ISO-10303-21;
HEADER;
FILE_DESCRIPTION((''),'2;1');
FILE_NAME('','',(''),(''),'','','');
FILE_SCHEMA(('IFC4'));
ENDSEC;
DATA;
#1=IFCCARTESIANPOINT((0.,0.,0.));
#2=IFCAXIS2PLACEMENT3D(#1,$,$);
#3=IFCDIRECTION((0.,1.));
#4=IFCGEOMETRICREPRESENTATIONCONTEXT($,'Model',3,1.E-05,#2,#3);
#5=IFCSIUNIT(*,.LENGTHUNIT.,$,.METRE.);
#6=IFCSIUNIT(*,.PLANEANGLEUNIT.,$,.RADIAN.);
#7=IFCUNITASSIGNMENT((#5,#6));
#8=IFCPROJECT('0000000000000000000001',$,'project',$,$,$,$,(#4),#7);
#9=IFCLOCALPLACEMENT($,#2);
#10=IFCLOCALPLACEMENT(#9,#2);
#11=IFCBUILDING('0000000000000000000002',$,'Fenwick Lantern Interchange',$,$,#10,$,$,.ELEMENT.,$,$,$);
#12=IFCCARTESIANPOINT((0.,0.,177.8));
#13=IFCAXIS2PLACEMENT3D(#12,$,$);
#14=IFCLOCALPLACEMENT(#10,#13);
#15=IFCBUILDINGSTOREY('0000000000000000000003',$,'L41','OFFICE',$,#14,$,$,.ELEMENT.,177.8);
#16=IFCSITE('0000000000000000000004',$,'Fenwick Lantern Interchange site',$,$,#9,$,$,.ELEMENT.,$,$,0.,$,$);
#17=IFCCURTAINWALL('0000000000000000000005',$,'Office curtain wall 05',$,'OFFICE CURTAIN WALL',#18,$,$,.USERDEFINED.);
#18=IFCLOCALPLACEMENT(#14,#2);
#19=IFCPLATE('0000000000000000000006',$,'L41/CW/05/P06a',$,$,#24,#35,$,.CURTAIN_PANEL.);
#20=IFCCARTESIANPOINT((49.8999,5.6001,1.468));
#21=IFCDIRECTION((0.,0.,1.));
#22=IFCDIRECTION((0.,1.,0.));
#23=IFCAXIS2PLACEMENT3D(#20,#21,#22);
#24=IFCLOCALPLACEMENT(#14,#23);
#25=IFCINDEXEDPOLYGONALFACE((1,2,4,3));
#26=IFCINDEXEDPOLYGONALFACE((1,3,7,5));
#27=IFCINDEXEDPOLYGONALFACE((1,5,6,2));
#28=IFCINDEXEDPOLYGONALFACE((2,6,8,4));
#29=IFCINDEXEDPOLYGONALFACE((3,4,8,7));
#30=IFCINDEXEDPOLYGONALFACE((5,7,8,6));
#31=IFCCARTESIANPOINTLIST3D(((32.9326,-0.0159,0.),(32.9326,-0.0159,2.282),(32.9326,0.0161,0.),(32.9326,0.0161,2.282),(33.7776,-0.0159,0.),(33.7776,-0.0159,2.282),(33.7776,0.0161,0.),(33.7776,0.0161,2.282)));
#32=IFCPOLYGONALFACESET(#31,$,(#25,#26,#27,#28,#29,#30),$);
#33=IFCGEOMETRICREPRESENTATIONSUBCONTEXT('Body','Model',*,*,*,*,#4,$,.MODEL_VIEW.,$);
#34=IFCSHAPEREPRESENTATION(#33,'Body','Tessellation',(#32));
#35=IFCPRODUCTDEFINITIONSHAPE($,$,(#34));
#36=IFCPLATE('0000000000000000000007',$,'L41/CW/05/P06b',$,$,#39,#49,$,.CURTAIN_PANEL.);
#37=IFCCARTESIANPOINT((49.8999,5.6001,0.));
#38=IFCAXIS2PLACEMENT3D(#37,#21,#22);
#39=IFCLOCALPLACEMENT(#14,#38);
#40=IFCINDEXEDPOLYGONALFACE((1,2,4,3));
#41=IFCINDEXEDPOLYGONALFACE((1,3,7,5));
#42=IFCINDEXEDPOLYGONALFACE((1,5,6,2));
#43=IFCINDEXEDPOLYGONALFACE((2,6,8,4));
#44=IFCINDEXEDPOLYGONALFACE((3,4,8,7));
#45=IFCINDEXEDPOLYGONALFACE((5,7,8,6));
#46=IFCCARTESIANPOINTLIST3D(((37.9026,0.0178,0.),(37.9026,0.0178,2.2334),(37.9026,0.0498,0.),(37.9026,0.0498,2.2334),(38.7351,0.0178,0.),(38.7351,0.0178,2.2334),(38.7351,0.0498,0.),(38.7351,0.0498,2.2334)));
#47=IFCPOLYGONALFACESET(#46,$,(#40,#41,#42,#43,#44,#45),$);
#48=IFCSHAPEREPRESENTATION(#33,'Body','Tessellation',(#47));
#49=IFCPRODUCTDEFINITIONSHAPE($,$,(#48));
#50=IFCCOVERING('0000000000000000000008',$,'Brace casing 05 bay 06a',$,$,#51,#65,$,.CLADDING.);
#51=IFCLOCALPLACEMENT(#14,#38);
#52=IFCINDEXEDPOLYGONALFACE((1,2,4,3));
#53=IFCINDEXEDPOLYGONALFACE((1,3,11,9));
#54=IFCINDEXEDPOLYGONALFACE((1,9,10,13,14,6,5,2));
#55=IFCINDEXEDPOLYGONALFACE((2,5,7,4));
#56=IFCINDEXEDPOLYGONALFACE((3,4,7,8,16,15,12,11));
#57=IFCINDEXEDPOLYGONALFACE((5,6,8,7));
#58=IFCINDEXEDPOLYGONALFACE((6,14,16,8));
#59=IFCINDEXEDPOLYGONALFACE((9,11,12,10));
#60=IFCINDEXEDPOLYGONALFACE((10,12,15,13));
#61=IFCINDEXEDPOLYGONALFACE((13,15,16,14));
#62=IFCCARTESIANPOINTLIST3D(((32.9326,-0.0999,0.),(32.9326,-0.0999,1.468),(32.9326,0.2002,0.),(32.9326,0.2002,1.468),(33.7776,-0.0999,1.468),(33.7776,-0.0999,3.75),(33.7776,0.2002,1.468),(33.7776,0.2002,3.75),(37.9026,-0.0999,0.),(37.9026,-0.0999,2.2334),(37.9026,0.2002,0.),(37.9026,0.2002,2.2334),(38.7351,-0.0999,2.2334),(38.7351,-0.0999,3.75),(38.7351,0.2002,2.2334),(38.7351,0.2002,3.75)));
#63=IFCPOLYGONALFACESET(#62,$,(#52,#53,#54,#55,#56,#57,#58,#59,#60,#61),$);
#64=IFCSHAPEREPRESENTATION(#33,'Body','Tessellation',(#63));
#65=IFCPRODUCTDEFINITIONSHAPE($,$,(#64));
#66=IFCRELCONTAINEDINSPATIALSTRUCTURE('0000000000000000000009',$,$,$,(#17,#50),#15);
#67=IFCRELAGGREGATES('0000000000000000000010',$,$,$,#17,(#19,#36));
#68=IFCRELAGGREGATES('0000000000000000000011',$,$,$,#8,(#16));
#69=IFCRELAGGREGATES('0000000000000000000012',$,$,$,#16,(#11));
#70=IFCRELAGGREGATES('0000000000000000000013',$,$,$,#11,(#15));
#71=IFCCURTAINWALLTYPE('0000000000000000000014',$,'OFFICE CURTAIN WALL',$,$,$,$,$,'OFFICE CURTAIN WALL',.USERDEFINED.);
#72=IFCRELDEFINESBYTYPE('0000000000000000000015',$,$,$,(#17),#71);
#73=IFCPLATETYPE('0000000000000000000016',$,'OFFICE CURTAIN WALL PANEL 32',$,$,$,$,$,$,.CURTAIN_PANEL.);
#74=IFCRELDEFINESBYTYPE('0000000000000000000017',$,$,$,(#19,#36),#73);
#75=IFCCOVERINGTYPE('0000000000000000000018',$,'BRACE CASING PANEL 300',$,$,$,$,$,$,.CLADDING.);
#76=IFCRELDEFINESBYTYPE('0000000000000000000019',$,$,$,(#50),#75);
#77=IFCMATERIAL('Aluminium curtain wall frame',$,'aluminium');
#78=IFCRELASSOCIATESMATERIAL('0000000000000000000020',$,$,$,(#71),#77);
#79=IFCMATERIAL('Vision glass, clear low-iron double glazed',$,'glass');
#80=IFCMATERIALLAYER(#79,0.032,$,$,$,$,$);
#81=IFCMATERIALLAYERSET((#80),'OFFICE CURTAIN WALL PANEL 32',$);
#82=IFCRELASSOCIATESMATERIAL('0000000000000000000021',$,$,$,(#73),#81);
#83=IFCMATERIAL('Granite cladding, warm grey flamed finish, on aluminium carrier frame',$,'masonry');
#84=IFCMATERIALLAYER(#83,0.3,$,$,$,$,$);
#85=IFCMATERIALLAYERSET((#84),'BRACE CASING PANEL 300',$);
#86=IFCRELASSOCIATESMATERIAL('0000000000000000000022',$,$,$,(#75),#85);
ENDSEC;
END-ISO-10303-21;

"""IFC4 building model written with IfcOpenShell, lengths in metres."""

from ifc_helpers import new_model, si_unit, direction, frame, origin, place, context, subcontext, project, spatial, polyline, outline, extrude, material, layer, layer_set, type_object, element, aggregate, save


model = new_model("IFC4")

# Units and contexts
model_context = context("Model", 3, precision=1e-05, world=origin(), true_north=direction((0.0, 1.0)))
body_context = subcontext(model_context, "Body", "Model", "MODEL_VIEW")
ifc_project = project(units=[si_unit("LENGTHUNIT", "METRE"), si_unit("PLANEANGLEUNIT", "RADIAN")], contexts=[model_context])

# Site, building, storey
site_placement = place(None, origin())
site = spatial("IfcSite", under=ifc_project, at=site_placement, Name="Fenwick Lantern Interchange site", CompositionType="ELEMENT", RefElevation=0.0)
building_placement = place(site_placement, origin())
building = spatial("IfcBuilding", under=site, at=building_placement, Name="Fenwick Lantern Interchange", CompositionType="ELEMENT")
storey_placement = place(building_placement, frame((0.0, 0.0, 177.8)))
storey = spatial("IfcBuildingStorey", under=building, at=storey_placement, Name="L41", Description="OFFICE", CompositionType="ELEMENT", Elevation=177.8)

# Curtain wall, plates
ifc_material_1 = material(Name="Aluminium curtain wall frame", Category="aluminium")
curtain_wall_type = type_object("IfcCurtainWallType", Name="OFFICE CURTAIN WALL", ElementType="OFFICE CURTAIN WALL", PredefinedType="USERDEFINED", material=ifc_material_1)
curtain_wall_placement = place(storey_placement, origin())
curtain_wall = element("IfcCurtainWall", 1, at=curtain_wall_placement, inside=storey, type_object=curtain_wall_type, Name="Office curtain wall 05", ObjectType="OFFICE CURTAIN WALL", PredefinedType="USERDEFINED")
ifc_material_2 = material(Name="Vision glass, clear low-iron double glazed", Category="glass")
ifc_layer_1 = layer(ifc_material_2, 0.032)
ifc_layer_set_1 = layer_set([ifc_layer_1], Name="OFFICE CURTAIN WALL PANEL 32")
plate_type = type_object("IfcPlateType", Name="OFFICE CURTAIN WALL PANEL 32", PredefinedType="CURTAIN_PANEL", material=ifc_layer_set_1)
plate_1_placement = place(storey_placement, frame((49.8999, 5.6001, 1.468), z_axis=(0.0, 0.0, 1.0), x_axis=(0.0, 1.0, 0.0)))
plate_1 = element("IfcPlate", 2, at=plate_1_placement, type_object=plate_type, Name="L41/CW/05/P06a", PredefinedType="CURTAIN_PANEL", context=body_context, shape_type="SweptSolid", body=[
    extrude(outline(polyline([(32.9326, 0.0), (33.7776, 0.0), (33.7776, 2.282), (32.9326, 2.282), (32.9326, 0.0)])), frame((0.0, 0.0161, 0.0), z_axis=(0.0, -1.0, 0.0), x_axis=(1.0, 0.0, 0.0)), (0.0, 0.0, 1.0), 0.032),
])
plate_2_placement = place(storey_placement, frame((49.8999, 5.6001, 0.0), z_axis=(0.0, 0.0, 1.0), x_axis=(0.0, 1.0, 0.0)))
plate_2 = element("IfcPlate", 3, at=plate_2_placement, type_object=plate_type, Name="L41/CW/05/P06b", PredefinedType="CURTAIN_PANEL", context=body_context, shape_type="SweptSolid", body=[
    extrude(outline(polyline([(37.9026, 0.0), (38.7351, 0.0), (38.7351, 2.2334), (37.9026, 2.2334), (37.9026, 0.0)])), frame((0.0, 0.0498, 0.0), z_axis=(0.0, -1.0, 0.0), x_axis=(1.0, 0.0, 0.0)), (0.0, 0.0, 1.0), 0.032),
])
aggregate(curtain_wall, [plate_1, plate_2])

# Covering
ifc_material_3 = material(Name="Granite cladding, warm grey flamed finish, on aluminium carrier frame", Category="masonry")
ifc_layer_2 = layer(ifc_material_3, 0.3)
ifc_layer_set_2 = layer_set([ifc_layer_2], Name="BRACE CASING PANEL 300")
covering_type = type_object("IfcCoveringType", Name="BRACE CASING PANEL 300", PredefinedType="CLADDING", material=ifc_layer_set_2)
covering_placement = place(storey_placement, frame((49.8999, 5.6001, 0.0), z_axis=(0.0, 0.0, 1.0), x_axis=(0.0, 1.0, 0.0)))
element("IfcCovering", 4, at=covering_placement, inside=storey, type_object=covering_type, Name="Brace casing 05 bay 06a", PredefinedType="CLADDING", context=body_context, shape_type="SweptSolid", body=[
    extrude(outline(polyline([(32.9326, 0.0), (37.9026, 0.0), (37.9026, 2.2334), (38.7351, 2.2334), (38.7351, 3.75), (33.7776, 3.75), (33.7776, 1.468), (32.9326, 1.468), (32.9326, 0.0)])), frame((0.0, 0.2002, 0.0), z_axis=(0.0, -1.0, 0.0), x_axis=(1.0, 0.0, 0.0)), (0.0, 0.0, 1.0), 0.3),
])

save(model, "model.ifc")
